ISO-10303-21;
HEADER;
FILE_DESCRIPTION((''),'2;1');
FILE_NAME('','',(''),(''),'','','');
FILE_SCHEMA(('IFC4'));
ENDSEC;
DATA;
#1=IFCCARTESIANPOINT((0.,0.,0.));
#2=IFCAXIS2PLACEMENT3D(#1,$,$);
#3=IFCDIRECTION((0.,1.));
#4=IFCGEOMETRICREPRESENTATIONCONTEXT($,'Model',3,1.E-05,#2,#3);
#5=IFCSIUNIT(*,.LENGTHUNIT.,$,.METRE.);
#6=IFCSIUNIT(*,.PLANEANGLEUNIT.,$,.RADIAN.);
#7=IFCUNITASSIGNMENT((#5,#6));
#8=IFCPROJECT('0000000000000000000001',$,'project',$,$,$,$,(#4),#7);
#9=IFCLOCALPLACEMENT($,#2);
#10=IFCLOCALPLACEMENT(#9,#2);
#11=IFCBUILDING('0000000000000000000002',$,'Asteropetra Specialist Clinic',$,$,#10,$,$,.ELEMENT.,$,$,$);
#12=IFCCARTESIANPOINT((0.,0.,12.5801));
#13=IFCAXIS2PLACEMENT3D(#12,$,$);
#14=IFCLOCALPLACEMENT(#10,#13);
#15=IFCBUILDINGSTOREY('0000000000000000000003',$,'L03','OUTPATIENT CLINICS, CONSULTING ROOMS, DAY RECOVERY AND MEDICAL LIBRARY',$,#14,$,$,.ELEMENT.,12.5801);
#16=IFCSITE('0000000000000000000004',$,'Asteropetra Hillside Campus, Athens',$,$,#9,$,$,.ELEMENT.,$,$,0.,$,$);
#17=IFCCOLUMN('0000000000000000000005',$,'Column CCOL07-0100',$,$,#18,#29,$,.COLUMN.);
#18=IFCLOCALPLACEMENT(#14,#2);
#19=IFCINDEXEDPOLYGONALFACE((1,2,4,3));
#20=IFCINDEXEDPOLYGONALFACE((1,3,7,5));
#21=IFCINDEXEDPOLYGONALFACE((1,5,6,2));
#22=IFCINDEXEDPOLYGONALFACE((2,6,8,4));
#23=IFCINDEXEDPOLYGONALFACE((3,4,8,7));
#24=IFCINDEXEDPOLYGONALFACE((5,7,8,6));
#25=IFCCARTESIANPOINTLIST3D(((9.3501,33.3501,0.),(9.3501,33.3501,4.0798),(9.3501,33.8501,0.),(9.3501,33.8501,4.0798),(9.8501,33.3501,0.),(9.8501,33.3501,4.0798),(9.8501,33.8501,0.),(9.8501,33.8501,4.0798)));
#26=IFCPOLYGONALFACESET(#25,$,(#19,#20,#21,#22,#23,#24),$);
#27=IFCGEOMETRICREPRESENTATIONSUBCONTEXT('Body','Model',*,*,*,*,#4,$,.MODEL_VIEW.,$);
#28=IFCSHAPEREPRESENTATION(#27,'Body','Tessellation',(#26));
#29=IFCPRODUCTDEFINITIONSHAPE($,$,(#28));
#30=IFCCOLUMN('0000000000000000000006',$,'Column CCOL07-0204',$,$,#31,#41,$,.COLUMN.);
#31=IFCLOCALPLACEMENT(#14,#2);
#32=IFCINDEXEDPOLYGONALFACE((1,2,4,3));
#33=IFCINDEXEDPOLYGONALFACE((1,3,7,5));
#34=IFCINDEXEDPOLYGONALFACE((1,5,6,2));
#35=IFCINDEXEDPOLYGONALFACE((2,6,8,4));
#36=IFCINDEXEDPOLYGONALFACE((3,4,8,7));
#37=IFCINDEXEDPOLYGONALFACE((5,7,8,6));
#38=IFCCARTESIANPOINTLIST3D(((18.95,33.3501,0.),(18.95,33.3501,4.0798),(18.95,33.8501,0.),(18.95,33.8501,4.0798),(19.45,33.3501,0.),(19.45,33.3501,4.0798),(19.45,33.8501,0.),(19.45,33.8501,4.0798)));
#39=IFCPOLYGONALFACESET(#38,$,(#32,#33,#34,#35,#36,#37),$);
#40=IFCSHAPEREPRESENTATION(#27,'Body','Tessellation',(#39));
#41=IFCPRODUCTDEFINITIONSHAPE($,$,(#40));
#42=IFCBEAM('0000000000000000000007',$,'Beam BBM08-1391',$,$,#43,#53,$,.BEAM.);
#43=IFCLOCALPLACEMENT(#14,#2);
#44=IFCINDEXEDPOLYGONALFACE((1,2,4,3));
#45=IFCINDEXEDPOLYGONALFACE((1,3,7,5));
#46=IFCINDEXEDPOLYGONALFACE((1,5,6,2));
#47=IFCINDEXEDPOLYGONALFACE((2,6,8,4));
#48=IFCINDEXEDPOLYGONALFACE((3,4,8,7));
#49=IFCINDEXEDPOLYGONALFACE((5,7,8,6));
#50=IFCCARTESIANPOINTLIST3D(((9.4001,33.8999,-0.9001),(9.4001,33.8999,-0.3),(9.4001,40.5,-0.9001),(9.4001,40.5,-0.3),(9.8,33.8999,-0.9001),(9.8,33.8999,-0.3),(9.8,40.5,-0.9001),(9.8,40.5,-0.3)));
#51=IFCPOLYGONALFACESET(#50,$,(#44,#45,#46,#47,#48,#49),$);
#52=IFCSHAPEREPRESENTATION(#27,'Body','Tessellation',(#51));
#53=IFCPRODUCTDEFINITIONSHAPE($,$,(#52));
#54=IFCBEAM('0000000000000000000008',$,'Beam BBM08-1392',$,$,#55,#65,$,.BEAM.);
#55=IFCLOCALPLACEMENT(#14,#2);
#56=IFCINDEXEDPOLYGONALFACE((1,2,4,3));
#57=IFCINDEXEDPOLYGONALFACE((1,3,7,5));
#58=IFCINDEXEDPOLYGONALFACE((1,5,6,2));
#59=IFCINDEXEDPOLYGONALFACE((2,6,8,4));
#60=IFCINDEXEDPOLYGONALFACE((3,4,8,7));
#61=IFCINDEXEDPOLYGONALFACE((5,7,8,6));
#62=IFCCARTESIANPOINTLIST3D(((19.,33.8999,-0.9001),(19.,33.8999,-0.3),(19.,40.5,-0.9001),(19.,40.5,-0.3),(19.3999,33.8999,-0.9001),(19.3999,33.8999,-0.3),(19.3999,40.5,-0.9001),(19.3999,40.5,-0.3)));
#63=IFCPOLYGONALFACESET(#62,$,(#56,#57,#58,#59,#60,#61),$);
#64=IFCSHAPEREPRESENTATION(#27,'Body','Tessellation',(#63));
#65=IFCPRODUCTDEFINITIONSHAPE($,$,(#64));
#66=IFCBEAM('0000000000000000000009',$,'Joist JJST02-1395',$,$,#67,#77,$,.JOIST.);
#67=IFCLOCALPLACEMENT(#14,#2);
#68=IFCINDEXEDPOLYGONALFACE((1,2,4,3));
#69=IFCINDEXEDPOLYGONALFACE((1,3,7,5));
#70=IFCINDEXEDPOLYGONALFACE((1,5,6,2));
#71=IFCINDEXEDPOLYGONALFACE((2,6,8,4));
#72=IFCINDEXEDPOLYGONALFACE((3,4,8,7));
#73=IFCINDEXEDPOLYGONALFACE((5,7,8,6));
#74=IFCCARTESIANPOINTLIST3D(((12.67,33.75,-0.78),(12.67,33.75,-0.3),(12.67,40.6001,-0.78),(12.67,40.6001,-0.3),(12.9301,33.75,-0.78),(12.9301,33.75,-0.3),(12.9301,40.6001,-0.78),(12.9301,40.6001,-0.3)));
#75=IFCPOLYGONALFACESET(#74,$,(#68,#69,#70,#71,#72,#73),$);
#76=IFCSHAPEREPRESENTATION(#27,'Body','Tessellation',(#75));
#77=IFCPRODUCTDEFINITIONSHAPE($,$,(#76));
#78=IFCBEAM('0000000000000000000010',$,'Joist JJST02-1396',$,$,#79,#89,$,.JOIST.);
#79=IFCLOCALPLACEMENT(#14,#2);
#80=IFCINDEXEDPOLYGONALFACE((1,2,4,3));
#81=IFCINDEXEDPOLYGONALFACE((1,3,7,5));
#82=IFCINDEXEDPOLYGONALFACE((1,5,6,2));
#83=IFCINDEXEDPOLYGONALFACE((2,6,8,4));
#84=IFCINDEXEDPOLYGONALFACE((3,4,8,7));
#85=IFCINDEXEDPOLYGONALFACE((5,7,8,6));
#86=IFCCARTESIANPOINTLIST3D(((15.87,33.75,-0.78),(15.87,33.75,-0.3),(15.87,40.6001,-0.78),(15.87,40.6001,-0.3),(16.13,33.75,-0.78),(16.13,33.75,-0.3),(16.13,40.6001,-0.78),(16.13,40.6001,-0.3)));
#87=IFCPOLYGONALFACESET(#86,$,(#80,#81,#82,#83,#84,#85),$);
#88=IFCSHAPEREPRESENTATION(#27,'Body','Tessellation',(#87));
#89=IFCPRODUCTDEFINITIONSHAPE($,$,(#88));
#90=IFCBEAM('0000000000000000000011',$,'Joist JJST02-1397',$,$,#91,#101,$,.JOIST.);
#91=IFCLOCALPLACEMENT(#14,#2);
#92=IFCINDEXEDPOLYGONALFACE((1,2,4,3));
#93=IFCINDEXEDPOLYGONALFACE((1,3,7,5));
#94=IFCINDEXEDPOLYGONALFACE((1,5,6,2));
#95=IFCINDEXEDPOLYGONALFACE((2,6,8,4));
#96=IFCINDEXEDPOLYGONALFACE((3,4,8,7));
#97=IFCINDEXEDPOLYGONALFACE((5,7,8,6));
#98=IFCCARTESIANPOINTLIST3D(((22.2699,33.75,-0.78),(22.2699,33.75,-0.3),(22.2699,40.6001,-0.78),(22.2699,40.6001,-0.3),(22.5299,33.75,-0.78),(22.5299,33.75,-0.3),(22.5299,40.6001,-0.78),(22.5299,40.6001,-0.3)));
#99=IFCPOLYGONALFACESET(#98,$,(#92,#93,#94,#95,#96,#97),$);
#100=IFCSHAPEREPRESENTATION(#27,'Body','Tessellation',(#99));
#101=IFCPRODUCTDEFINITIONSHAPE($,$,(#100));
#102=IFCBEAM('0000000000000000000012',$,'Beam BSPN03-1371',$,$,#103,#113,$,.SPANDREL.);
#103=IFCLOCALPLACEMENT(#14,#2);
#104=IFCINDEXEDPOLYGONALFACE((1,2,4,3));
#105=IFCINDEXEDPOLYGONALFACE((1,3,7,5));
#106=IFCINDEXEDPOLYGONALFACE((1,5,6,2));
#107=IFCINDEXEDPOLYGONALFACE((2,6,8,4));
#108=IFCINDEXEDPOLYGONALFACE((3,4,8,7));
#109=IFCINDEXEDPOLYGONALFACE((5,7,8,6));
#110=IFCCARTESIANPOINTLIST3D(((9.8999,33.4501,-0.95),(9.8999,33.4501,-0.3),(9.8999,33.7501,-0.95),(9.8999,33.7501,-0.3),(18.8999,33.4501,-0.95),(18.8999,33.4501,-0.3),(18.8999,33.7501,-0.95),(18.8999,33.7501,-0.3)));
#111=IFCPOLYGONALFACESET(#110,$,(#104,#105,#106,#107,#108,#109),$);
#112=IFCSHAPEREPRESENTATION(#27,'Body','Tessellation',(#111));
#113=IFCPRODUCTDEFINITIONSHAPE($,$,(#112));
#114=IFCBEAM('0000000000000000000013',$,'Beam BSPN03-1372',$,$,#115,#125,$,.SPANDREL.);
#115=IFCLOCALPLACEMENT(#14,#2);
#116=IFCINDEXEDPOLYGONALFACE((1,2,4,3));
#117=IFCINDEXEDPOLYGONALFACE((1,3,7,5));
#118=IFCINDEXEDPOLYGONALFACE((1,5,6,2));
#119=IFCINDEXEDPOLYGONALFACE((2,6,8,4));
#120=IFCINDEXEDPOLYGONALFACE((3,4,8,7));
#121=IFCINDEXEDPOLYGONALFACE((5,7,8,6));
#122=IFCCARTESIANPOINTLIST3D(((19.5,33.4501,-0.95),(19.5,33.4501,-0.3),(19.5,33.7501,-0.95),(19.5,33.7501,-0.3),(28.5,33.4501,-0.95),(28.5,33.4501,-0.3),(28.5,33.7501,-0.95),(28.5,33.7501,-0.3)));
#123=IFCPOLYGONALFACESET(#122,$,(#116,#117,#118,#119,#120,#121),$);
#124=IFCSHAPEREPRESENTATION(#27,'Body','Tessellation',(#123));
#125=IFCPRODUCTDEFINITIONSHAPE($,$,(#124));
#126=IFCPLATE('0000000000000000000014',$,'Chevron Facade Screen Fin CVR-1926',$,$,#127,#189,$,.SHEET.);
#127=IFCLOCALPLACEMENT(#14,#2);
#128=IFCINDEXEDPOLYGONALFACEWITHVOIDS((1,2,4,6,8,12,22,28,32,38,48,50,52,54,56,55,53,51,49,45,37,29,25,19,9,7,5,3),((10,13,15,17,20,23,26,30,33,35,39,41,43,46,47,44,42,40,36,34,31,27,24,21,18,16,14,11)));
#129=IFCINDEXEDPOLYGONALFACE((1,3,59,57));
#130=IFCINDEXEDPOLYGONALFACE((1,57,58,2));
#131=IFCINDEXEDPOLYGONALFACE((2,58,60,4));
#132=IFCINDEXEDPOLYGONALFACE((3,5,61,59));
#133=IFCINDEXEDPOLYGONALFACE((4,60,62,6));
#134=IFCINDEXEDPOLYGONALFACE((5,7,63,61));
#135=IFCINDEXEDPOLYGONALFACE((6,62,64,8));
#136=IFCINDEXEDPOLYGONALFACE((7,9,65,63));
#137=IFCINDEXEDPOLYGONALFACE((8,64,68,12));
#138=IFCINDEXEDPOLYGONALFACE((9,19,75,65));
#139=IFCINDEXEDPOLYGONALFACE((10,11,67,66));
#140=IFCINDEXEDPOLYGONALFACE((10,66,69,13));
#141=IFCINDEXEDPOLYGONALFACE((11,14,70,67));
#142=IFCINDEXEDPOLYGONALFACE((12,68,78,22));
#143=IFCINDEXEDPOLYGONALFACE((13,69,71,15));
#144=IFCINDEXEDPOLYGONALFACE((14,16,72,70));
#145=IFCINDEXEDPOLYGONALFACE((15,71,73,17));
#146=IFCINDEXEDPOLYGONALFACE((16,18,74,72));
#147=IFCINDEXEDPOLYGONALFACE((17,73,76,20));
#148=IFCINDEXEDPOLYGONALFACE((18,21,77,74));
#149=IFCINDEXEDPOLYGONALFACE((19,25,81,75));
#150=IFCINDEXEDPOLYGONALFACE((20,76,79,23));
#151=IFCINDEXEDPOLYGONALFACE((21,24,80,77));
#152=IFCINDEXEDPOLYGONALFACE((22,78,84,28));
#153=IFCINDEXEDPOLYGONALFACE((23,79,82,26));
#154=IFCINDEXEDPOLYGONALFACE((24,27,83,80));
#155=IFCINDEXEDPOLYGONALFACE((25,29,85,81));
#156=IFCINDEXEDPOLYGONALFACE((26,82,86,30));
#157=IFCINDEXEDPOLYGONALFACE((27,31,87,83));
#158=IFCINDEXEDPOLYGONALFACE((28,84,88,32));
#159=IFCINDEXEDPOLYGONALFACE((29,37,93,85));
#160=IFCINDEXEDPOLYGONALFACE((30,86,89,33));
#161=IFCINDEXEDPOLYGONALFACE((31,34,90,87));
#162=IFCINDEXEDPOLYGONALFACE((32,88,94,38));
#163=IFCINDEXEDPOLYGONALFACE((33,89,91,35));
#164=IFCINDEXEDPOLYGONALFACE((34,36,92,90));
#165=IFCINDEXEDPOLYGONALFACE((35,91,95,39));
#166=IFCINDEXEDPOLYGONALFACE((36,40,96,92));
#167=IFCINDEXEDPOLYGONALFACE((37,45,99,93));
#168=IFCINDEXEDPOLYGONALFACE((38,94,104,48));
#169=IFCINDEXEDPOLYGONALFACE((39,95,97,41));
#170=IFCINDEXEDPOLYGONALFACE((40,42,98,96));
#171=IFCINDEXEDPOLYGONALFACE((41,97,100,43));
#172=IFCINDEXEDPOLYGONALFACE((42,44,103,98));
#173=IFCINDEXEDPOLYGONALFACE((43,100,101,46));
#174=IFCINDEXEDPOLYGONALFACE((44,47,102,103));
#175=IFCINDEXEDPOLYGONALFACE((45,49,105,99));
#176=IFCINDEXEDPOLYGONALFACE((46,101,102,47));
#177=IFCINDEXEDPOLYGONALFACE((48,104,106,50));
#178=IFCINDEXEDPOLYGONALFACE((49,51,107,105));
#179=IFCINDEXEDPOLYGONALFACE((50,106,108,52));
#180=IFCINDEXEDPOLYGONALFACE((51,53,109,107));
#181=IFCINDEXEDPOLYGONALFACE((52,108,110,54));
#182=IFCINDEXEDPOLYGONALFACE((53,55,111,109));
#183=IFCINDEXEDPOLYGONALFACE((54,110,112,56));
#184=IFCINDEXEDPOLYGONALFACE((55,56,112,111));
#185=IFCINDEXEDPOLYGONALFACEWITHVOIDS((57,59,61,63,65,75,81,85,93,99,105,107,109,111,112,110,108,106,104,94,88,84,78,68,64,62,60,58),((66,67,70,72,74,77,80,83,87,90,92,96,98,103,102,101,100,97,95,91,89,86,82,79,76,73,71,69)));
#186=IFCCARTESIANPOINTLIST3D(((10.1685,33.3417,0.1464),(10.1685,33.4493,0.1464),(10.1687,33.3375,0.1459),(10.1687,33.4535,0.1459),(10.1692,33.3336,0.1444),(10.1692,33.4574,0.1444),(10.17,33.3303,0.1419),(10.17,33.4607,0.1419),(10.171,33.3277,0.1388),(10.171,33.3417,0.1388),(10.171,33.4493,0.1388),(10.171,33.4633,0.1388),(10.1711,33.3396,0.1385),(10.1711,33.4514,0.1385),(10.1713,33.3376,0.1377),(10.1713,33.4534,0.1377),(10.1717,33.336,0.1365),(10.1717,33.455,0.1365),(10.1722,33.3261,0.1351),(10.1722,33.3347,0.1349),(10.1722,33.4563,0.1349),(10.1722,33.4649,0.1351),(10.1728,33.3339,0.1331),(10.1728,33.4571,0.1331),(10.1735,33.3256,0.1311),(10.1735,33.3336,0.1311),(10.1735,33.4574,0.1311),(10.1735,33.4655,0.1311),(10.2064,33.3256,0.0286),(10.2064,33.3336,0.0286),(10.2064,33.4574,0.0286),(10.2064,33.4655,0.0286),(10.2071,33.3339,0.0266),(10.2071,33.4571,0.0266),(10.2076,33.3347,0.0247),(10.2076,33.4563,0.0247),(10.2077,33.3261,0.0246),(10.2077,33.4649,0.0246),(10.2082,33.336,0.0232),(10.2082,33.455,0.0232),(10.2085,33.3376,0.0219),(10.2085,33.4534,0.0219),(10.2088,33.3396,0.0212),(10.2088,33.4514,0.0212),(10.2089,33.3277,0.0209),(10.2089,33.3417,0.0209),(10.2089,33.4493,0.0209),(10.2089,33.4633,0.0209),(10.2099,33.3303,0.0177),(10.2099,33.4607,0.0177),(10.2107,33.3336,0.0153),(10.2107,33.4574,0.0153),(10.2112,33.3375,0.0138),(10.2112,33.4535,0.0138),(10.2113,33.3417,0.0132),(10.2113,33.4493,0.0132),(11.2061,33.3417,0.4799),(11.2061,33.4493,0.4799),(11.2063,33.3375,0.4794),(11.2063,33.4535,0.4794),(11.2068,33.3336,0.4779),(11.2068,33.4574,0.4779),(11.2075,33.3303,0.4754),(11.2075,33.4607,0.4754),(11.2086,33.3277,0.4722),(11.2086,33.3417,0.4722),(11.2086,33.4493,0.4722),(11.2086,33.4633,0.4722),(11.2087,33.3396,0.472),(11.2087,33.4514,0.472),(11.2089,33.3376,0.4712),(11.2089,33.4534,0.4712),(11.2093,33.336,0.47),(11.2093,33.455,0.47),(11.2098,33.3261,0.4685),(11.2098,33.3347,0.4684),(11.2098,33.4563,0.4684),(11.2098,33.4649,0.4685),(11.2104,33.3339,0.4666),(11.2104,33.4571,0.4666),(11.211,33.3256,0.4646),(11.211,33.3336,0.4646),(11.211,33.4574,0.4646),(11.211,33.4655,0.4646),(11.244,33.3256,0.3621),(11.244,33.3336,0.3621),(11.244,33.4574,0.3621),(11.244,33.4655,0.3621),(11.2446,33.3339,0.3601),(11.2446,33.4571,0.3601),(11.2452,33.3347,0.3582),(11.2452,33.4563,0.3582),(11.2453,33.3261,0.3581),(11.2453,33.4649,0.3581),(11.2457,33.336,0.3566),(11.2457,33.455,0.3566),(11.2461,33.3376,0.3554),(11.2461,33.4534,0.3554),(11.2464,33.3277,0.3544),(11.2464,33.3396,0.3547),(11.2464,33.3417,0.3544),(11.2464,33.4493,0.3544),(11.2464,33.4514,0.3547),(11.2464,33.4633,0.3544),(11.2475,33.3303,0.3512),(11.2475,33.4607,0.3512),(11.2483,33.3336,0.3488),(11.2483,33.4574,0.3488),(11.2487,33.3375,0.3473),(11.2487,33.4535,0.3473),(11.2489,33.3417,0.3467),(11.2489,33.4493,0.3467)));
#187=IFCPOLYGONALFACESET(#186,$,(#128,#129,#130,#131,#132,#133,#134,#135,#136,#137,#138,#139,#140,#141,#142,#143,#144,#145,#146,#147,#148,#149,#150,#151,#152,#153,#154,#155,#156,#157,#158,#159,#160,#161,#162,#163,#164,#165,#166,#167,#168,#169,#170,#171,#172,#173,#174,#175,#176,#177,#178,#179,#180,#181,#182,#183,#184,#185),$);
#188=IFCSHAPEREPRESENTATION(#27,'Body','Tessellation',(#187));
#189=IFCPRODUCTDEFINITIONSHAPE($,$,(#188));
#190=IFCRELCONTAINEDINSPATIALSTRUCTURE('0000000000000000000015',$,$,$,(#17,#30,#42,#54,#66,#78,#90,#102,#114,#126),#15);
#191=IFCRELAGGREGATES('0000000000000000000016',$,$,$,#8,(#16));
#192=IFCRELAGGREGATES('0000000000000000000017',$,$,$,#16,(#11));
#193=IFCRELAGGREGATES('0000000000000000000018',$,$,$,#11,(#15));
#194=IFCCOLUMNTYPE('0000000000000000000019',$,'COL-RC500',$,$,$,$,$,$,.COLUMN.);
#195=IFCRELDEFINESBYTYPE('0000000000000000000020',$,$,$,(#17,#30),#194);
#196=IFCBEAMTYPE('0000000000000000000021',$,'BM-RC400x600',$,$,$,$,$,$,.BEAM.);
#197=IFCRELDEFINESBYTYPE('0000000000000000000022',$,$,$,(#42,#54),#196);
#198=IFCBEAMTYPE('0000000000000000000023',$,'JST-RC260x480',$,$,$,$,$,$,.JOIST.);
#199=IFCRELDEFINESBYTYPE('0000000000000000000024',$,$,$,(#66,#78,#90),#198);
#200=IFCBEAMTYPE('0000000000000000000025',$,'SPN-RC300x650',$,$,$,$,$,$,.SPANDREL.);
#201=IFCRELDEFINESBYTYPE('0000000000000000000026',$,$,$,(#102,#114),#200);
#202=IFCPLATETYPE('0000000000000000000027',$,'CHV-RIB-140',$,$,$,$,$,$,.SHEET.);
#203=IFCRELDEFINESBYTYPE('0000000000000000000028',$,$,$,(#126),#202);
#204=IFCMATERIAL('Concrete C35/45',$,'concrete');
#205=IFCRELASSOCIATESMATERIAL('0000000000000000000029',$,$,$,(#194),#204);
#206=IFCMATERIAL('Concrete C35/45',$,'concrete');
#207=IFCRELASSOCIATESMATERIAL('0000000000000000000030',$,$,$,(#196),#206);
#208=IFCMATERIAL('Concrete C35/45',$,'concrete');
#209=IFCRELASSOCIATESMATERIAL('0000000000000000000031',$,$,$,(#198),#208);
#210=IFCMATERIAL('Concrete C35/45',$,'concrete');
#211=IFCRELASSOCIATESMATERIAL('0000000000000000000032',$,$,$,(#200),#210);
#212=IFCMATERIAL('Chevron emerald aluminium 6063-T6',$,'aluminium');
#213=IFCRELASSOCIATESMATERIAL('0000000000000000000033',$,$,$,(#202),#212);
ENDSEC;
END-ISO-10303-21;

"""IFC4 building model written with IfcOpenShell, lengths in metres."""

from ifc_helpers import new_model, si_unit, direction, frame, origin, origin_2d, place, context, subcontext, project, spatial, rectangle, hollow_rectangle, extrude, material, material_profile, profile_set, type_object, element, save


model = new_model("IFC4")

# Units and contexts
model_context = context("Model", 3, precision=1e-05, world=origin(), true_north=direction((0.0, 1.0)))
body_context = subcontext(model_context, "Body", "Model", "MODEL_VIEW")
ifc_project = project(units=[si_unit("LENGTHUNIT", "METRE"), si_unit("PLANEANGLEUNIT", "RADIAN")], contexts=[model_context])

# Site, building, storey
site_placement = place(None, origin())
site = spatial("IfcSite", under=ifc_project, at=site_placement, Name="Asteropetra Hillside Campus, Athens", CompositionType="ELEMENT", RefElevation=0.0)
building_placement = place(site_placement, origin())
building = spatial("IfcBuilding", under=site, at=building_placement, Name="Asteropetra Specialist Clinic", CompositionType="ELEMENT")
storey_placement = place(building_placement, frame((0.0, 0.0, 12.5801)))
storey = spatial("IfcBuildingStorey", under=building, at=storey_placement, Name="L03", Description="OUTPATIENT CLINICS, CONSULTING ROOMS, DAY RECOVERY AND MEDICAL LIBRARY", CompositionType="ELEMENT", Elevation=12.5801)

# Columns
ifc_material_1 = material(Name="Concrete C35/45", Category="concrete")
ifc_material_profile_1 = material_profile(ifc_material_1, rectangle(XDim=0.5, YDim=0.5, at=origin_2d()), Name="RC 500x500")
ifc_profile_set_1 = profile_set([ifc_material_profile_1], Name="Concrete C35/45")
column_type = type_object("IfcColumnType", Name="COL-RC500", PredefinedType="COLUMN", material=ifc_profile_set_1)
for number, where, z_axis, x_axis, name in (
    (1, (9.6001, 33.6001, 0.0), (0.0, 0.0, 1.0), (1.0, 0.0, 0.0), "Column CCOL07-0100"),
    (2, (19.2, 33.6001, 0.0), (0.0, 0.0, 1.0), (1.0, 0.0, 0.0), "Column CCOL07-0204"),
):
    element("IfcColumn", number, at=place(storey_placement, frame(where, z_axis=z_axis, x_axis=x_axis)), inside=storey, type_object=column_type, Name=name, PredefinedType="COLUMN", context=body_context, shape_type="SweptSolid", body=[
        extrude(rectangle(XDim=0.5, YDim=0.5, at=origin_2d()), origin(), (0.0, 0.0, 1.0), 4.0798),
    ])

# Beams
ifc_material_2 = material(Name="Concrete C35/45", Category="concrete")
ifc_material_profile_2 = material_profile(ifc_material_2, rectangle(XDim=0.3999, YDim=0.6001, at=origin_2d()), Name="RCB 400x600")
ifc_profile_set_2 = profile_set([ifc_material_profile_2], Name="Concrete C35/45")
beam_type_1 = type_object("IfcBeamType", Name="BM-RC400x600", PredefinedType="BEAM", material=ifc_profile_set_2)
for number, where, z_axis, x_axis, name in (
    (3, (9.6001, 33.8999, -0.6001), (0.0, 1.0, 0.0), (-1.0, 0.0, 0.0), "Beam BBM08-1391"),
    (4, (19.2, 33.8999, -0.6001), (0.0, 1.0, 0.0), (-1.0, 0.0, 0.0), "Beam BBM08-1392"),
):
    element("IfcBeam", number, at=place(storey_placement, frame(where, z_axis=z_axis, x_axis=x_axis)), inside=storey, type_object=beam_type_1, Name=name, PredefinedType="BEAM", context=body_context, shape_type="SweptSolid", body=[
        extrude(rectangle(XDim=0.3999, YDim=0.6001, at=origin_2d()), origin(), (0.0, 0.0, 1.0), 6.6001),
    ])
ifc_material_3 = material(Name="Concrete C35/45", Category="concrete")
ifc_material_profile_3 = material_profile(ifc_material_3, rectangle(XDim=0.26, YDim=0.48, at=origin_2d()), Name="RCJ 260x480")
ifc_profile_set_3 = profile_set([ifc_material_profile_3], Name="Concrete C35/45")
beam_type_2 = type_object("IfcBeamType", Name="JST-RC260x480", PredefinedType="JOIST", material=ifc_profile_set_3)
for number, where, z_axis, x_axis, name in (
    (5, (12.8, 33.75, -0.54), (0.0, 1.0, 0.0), (-1.0, 0.0, 0.0), "Joist JJST02-1395"),
    (6, (16.0, 33.75, -0.54), (0.0, 1.0, 0.0), (-1.0, 0.0, 0.0), "Joist JJST02-1396"),
    (7, (22.3999, 33.75, -0.54), (0.0, 1.0, 0.0), (-1.0, 0.0, 0.0), "Joist JJST02-1397"),
):
    element("IfcBeam", number, at=place(storey_placement, frame(where, z_axis=z_axis, x_axis=x_axis)), inside=storey, type_object=beam_type_2, Name=name, PredefinedType="JOIST", context=body_context, shape_type="SweptSolid", body=[
        extrude(rectangle(XDim=0.26, YDim=0.48, at=origin_2d()), origin(), (0.0, 0.0, 1.0), 6.8501),
    ])
ifc_material_4 = material(Name="Concrete C35/45", Category="concrete")
ifc_material_profile_4 = material_profile(ifc_material_4, rectangle(XDim=0.3, YDim=0.6499, at=origin_2d()), Name="RCS 300x650")
ifc_profile_set_4 = profile_set([ifc_material_profile_4], Name="Concrete C35/45")
beam_type_3 = type_object("IfcBeamType", Name="SPN-RC300x650", PredefinedType="SPANDREL", material=ifc_profile_set_4)
for number, where, z_axis, x_axis, name in (
    (8, (9.8999, 33.6001, -0.625), (1.0, 0.0, 0.0), (0.0, 1.0, 0.0), "Beam BSPN03-1371"),
    (9, (19.5, 33.6001, -0.625), (1.0, 0.0, 0.0), (0.0, 1.0, 0.0), "Beam BSPN03-1372"),
):
    element("IfcBeam", number, at=place(storey_placement, frame(where, z_axis=z_axis, x_axis=x_axis)), inside=storey, type_object=beam_type_3, Name=name, PredefinedType="SPANDREL", context=body_context, shape_type="SweptSolid", body=[
        extrude(rectangle(XDim=0.3, YDim=0.6499, at=origin_2d()), origin(), (0.0, 0.0, 1.0), 9.0),
    ])

# Plate
ifc_material_5 = material(Name="Chevron emerald aluminium 6063-T6", Category="aluminium")
ifc_material_profile_5 = material_profile(ifc_material_5, hollow_rectangle(XDim=0.1399, YDim=0.1399, WallThickness=0.0081, InnerFilletRadius=0.0081, OuterFilletRadius=0.0161, at=origin_2d()), Name="SHS 140x140x8.0")
ifc_profile_set_5 = profile_set([ifc_material_profile_5], Name="Chevron emerald aluminium 6063-T6")
plate_type = type_object("IfcPlateType", Name="CHV-RIB-140", PredefinedType="SHEET", material=ifc_profile_set_5)
plate_1_placement = place(storey_placement, frame((10.1899, 33.3955, 0.0798), z_axis=(0.952033, 0.0, 0.305995), x_axis=(0.0, 1.0, 0.0)))
element("IfcPlate", 10, at=plate_1_placement, inside=storey, type_object=plate_type, Name="Chevron Facade Screen Fin CVR-1926", PredefinedType="SHEET", context=body_context, shape_type="SweptSolid", body=[
    extrude(hollow_rectangle(XDim=0.1399, YDim=0.1399, WallThickness=0.0081, InnerFilletRadius=0.0081, OuterFilletRadius=0.0161, at=origin_2d()), origin(), (0.0, 0.0, 1.0), 1.0898),
])

save(model, "model.ifc")
